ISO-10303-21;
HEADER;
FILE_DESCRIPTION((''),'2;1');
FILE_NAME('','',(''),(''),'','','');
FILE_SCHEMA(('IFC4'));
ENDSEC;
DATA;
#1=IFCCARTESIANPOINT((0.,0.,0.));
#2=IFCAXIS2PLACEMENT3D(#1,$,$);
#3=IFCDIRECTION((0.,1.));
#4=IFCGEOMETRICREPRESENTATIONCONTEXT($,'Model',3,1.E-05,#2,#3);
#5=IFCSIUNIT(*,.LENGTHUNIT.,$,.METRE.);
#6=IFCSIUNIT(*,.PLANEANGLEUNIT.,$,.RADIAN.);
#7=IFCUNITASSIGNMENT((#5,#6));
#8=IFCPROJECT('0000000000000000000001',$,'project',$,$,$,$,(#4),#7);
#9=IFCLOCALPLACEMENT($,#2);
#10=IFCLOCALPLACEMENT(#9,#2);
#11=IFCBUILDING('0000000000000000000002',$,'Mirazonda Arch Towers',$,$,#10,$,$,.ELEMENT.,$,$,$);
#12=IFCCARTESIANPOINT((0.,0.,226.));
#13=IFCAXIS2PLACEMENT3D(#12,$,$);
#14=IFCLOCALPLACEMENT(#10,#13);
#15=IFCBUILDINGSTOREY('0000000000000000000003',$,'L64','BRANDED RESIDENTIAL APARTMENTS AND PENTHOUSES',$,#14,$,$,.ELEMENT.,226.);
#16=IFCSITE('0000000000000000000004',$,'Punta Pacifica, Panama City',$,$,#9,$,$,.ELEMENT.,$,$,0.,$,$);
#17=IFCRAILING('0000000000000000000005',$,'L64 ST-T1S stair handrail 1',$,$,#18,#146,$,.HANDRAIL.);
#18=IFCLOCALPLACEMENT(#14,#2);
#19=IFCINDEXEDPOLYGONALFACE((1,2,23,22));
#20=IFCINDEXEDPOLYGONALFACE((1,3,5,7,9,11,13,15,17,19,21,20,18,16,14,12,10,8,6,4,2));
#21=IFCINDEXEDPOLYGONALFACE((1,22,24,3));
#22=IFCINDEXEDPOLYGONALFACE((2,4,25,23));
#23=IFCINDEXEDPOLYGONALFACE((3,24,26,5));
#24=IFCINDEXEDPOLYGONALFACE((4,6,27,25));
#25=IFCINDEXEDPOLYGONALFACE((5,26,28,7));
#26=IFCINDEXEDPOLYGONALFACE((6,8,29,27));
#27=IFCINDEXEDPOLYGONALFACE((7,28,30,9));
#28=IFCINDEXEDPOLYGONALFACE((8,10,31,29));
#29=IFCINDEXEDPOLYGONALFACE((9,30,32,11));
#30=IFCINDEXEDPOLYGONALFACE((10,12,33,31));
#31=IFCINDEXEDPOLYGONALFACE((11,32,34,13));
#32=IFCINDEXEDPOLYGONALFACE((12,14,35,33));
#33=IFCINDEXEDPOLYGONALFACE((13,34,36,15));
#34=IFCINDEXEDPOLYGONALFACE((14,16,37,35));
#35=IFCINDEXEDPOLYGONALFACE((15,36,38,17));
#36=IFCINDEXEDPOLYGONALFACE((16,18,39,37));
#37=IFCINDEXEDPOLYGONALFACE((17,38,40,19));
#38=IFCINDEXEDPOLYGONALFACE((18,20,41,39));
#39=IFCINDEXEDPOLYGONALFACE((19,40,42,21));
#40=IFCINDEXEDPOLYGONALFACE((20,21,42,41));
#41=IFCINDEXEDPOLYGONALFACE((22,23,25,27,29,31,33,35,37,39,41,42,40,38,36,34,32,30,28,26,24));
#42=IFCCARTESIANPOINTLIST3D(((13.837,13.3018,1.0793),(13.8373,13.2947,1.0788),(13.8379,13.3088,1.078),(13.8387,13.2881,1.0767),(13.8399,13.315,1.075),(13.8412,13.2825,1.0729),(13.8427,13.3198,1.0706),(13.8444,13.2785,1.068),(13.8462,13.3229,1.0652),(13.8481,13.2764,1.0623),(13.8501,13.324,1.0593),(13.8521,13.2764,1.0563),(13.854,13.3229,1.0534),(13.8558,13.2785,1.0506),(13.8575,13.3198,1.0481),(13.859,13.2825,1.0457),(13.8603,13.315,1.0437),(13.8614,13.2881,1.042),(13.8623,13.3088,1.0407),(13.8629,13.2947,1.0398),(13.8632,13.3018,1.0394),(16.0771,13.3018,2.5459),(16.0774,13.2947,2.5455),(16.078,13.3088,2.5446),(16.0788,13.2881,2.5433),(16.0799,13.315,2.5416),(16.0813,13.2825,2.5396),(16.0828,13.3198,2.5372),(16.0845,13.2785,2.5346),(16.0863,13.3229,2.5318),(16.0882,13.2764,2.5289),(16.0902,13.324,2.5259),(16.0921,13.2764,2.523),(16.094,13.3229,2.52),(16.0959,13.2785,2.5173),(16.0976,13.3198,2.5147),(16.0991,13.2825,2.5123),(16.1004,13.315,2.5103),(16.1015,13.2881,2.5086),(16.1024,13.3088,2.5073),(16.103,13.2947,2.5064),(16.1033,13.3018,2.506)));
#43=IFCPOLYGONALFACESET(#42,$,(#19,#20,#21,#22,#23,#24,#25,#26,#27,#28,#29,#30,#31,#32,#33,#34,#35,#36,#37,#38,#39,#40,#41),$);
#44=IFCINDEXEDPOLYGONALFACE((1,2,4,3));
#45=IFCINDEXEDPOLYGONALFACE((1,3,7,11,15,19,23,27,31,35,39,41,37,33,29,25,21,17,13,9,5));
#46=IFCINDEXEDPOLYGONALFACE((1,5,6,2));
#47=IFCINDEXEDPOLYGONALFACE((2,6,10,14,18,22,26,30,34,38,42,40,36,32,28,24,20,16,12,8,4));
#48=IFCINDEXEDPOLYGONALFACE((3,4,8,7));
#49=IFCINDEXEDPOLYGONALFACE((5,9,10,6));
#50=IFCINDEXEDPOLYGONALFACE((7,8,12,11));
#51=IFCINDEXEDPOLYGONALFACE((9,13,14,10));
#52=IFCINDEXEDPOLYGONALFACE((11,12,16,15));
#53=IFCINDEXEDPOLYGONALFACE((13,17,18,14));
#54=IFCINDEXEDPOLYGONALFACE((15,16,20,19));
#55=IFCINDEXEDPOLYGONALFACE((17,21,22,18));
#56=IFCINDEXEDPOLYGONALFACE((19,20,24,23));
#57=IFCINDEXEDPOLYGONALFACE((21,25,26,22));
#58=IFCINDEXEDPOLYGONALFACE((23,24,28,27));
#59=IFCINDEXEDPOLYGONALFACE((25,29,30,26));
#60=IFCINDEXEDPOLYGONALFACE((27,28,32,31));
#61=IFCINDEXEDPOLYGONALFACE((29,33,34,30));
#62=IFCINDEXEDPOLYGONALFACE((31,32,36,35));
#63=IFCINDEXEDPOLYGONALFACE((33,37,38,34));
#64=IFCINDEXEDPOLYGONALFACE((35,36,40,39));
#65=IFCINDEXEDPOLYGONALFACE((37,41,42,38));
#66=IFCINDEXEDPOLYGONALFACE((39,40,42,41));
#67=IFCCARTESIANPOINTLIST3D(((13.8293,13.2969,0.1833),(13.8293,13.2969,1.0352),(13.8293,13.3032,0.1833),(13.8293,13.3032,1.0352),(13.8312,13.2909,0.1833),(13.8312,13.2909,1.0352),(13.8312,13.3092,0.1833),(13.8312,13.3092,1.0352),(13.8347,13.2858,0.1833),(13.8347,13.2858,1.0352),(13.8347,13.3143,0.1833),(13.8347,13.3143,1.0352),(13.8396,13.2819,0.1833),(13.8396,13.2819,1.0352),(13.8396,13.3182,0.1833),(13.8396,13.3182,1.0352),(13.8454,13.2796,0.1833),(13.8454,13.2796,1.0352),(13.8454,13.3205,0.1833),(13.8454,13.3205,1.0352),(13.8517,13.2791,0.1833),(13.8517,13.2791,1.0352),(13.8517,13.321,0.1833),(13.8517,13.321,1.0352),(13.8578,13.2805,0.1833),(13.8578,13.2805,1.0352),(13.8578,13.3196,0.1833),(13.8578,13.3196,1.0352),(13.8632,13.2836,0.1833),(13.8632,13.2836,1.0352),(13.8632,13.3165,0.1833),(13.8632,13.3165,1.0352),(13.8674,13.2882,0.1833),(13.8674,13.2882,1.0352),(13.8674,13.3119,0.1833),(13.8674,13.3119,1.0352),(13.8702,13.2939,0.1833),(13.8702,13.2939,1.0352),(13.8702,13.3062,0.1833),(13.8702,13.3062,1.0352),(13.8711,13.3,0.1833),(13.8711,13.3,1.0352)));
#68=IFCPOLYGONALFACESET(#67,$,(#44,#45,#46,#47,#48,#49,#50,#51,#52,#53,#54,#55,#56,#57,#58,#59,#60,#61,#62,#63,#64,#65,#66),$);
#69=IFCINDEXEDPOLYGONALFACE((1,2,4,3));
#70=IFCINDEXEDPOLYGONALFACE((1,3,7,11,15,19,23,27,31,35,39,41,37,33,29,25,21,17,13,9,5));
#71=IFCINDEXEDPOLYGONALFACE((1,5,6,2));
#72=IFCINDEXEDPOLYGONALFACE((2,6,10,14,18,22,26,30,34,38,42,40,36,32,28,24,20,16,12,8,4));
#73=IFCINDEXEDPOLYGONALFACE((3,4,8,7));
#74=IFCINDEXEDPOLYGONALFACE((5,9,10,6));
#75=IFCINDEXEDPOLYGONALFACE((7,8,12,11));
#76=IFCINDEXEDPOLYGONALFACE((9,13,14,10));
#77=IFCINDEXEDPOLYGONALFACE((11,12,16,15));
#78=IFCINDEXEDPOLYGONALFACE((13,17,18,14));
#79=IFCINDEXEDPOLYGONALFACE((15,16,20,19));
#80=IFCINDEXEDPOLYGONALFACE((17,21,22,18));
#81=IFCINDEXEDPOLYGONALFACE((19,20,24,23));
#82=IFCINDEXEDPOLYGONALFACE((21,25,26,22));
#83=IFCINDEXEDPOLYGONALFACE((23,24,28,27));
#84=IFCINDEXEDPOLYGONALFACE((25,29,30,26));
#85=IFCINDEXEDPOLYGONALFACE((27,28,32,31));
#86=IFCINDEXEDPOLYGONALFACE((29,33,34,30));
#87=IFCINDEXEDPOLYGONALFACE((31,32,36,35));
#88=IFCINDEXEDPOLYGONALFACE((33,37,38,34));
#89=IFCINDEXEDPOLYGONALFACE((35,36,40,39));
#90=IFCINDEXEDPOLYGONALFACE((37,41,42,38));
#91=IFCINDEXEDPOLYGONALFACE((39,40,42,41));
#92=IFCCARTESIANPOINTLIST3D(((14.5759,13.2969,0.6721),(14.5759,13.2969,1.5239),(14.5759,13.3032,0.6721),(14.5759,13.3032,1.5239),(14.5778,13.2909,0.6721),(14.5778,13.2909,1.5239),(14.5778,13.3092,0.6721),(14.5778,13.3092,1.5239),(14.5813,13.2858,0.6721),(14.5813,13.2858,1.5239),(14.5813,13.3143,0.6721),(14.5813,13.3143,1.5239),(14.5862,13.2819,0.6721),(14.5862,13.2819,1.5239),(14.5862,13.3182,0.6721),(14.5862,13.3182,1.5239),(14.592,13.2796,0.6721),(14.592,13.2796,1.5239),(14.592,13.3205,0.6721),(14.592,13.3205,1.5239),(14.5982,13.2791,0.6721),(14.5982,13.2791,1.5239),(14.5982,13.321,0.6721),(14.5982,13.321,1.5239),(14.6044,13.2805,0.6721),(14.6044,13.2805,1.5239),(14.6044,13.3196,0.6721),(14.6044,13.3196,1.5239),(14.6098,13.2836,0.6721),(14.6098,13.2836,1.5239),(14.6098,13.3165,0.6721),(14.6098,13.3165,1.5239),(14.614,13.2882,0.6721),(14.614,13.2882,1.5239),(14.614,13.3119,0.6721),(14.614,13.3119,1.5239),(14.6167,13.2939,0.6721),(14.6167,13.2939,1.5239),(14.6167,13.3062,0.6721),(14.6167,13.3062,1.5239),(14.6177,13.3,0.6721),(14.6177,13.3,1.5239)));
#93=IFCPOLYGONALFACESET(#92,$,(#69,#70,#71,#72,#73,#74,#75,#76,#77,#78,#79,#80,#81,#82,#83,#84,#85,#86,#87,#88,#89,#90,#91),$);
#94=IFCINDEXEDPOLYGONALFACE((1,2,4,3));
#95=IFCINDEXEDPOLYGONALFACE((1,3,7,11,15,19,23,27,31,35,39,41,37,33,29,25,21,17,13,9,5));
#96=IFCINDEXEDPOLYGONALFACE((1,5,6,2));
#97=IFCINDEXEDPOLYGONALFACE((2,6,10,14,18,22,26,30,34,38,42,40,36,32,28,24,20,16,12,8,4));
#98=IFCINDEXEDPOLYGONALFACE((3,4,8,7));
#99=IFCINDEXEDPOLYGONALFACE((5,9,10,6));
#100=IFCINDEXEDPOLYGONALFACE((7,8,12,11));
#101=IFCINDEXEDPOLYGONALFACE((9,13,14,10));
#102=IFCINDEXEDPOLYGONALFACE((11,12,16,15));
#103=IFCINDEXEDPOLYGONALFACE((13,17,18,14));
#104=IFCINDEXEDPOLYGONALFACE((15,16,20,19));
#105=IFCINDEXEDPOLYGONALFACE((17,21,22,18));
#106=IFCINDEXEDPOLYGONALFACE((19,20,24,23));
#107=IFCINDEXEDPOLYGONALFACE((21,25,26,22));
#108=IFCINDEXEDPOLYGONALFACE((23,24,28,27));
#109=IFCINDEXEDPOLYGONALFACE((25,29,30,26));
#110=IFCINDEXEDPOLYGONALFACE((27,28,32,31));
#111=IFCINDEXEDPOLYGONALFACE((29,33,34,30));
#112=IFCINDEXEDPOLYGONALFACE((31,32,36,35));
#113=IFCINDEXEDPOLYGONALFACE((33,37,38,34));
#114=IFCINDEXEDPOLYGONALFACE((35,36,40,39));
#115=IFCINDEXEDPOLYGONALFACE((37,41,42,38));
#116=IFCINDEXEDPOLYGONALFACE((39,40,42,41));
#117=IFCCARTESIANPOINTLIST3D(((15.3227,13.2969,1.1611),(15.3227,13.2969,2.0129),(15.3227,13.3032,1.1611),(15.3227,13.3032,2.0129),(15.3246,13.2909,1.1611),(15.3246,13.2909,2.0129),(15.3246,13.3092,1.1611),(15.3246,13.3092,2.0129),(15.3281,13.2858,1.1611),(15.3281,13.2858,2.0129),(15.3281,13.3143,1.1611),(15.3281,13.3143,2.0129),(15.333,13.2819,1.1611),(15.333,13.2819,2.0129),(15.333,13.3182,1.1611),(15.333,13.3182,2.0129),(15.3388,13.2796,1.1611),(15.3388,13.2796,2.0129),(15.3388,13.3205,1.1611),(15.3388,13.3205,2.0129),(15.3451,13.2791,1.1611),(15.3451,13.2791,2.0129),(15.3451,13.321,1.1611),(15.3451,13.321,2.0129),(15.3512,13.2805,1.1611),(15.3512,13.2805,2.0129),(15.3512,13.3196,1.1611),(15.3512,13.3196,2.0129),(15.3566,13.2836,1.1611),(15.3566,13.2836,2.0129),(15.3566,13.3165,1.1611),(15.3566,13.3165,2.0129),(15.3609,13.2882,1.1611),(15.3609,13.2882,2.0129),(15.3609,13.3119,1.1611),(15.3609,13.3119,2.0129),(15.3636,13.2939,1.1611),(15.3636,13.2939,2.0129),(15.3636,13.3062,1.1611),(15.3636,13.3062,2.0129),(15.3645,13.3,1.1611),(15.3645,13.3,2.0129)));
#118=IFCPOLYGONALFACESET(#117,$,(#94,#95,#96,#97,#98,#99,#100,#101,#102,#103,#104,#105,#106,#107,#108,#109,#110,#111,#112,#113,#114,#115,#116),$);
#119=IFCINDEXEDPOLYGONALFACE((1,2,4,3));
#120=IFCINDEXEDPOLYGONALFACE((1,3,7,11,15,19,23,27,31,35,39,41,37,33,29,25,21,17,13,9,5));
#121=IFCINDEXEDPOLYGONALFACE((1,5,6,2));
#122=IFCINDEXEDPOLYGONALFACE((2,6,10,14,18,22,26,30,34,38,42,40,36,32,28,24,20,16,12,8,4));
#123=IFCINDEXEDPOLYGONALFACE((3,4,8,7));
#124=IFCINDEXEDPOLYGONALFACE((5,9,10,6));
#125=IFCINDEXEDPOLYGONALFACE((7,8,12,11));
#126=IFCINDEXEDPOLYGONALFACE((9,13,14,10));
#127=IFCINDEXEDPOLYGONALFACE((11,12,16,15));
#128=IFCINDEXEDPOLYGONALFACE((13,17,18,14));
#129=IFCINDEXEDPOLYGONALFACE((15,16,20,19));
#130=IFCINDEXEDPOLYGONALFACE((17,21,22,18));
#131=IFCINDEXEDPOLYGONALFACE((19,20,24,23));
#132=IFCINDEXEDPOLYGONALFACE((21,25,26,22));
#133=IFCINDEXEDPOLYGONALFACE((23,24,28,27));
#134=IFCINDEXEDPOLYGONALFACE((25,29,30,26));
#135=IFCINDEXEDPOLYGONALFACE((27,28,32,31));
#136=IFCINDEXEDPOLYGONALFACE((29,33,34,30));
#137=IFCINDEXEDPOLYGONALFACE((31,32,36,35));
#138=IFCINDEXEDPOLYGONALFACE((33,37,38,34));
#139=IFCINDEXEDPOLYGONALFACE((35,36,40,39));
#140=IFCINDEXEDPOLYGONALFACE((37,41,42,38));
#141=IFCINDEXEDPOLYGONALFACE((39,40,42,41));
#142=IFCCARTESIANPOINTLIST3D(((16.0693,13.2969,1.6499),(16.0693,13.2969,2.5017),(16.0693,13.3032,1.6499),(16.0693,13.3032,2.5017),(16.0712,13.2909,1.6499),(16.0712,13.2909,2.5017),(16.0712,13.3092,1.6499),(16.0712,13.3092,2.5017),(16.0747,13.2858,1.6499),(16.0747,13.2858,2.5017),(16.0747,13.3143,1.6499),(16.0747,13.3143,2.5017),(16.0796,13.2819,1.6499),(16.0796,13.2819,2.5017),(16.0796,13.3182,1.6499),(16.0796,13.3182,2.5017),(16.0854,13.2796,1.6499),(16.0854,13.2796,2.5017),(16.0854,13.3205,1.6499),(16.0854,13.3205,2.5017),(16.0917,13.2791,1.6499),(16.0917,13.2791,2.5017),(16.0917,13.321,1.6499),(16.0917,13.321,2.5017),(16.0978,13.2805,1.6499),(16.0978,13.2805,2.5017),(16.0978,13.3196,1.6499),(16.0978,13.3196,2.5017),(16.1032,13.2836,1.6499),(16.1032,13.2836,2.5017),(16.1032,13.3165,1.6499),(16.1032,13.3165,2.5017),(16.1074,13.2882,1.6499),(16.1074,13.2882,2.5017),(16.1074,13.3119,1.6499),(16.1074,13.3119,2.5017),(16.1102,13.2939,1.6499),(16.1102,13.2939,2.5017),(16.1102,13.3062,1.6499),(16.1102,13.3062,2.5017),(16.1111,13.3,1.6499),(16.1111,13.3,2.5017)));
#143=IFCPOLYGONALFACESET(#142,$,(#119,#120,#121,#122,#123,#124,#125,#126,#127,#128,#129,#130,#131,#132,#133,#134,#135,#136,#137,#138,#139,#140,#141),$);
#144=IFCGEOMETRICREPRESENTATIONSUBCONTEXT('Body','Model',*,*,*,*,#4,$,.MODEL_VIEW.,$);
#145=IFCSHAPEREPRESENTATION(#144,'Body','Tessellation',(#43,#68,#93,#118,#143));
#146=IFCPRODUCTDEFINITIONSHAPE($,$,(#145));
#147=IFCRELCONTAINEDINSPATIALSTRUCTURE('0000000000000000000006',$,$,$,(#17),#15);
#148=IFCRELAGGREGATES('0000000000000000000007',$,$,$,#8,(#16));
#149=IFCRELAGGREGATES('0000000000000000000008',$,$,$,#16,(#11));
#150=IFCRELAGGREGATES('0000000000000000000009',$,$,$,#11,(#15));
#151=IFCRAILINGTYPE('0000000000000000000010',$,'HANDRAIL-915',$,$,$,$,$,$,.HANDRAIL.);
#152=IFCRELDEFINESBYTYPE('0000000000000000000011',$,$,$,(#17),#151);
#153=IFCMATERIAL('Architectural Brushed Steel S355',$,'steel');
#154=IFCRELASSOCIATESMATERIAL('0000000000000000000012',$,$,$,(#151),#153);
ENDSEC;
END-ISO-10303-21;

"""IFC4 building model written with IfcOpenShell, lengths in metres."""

from ifc_helpers import new_model, si_unit, direction, frame, origin, origin_2d, place, context, subcontext, project, spatial, circle, extrude, material, type_object, element, save


model = new_model("IFC4")

# Units and contexts
model_context = context("Model", 3, precision=1e-05, world=origin(), true_north=direction((0.0, 1.0)))
body_context = subcontext(model_context, "Body", "Model", "MODEL_VIEW")
ifc_project = project(units=[si_unit("LENGTHUNIT", "METRE"), si_unit("PLANEANGLEUNIT", "RADIAN")], contexts=[model_context])

# Site, building, storey
site_placement = place(None, origin())
site = spatial("IfcSite", under=ifc_project, at=site_placement, Name="Punta Pacifica, Panama City", CompositionType="ELEMENT", RefElevation=0.0)
building_placement = place(site_placement, origin())
building = spatial("IfcBuilding", under=site, at=building_placement, Name="Mirazonda Arch Towers", CompositionType="ELEMENT")
storey_placement = place(building_placement, frame((0.0, 0.0, 226.0)))
storey = spatial("IfcBuildingStorey", under=building, at=storey_placement, Name="L64", Description="BRANDED RESIDENTIAL APARTMENTS AND PENTHOUSES", CompositionType="ELEMENT", Elevation=226.0)

# Railing
ifc_material_1 = material(Name="Architectural Brushed Steel S355", Category="steel")
railing_type_1 = type_object("IfcRailingType", Name="HANDRAIL-915", PredefinedType="HANDRAIL", material=ifc_material_1)
railing_1_placement = place(storey_placement, frame((13.8501, 13.3, 0.1833)))
element("IfcRailing", 1, at=railing_1_placement, inside=storey, type_object=railing_type_1, Name="L64 ST-T1S stair handrail 1", PredefinedType="HANDRAIL", context=body_context, shape_type="SweptSolid", body=[
    extrude(circle(Radius=0.0239, at=origin_2d()), frame((0.0, 0.0, 0.876), z_axis=(0.836637, 0.0, 0.547758), x_axis=(0.0, 1.0, 0.0)), (0.0, 0.0, 1.0), 2.6775),
    extrude(circle(Radius=0.021, at=origin_2d()), origin(), (0.0, 0.0, 1.0), 0.8518),
    extrude(circle(Radius=0.021, at=origin_2d()), frame((0.7466, 0.0, 0.4888)), (0.0, 0.0, 1.0), 0.8518),
    extrude(circle(Radius=0.021, at=origin_2d()), frame((1.4934, 0.0, 0.9778)), (0.0, 0.0, 1.0), 0.8518),
    extrude(circle(Radius=0.021, at=origin_2d()), frame((2.24, 0.0, 1.4666)), (0.0, 0.0, 1.0), 0.8518),
])

save(model, "model.ifc")
